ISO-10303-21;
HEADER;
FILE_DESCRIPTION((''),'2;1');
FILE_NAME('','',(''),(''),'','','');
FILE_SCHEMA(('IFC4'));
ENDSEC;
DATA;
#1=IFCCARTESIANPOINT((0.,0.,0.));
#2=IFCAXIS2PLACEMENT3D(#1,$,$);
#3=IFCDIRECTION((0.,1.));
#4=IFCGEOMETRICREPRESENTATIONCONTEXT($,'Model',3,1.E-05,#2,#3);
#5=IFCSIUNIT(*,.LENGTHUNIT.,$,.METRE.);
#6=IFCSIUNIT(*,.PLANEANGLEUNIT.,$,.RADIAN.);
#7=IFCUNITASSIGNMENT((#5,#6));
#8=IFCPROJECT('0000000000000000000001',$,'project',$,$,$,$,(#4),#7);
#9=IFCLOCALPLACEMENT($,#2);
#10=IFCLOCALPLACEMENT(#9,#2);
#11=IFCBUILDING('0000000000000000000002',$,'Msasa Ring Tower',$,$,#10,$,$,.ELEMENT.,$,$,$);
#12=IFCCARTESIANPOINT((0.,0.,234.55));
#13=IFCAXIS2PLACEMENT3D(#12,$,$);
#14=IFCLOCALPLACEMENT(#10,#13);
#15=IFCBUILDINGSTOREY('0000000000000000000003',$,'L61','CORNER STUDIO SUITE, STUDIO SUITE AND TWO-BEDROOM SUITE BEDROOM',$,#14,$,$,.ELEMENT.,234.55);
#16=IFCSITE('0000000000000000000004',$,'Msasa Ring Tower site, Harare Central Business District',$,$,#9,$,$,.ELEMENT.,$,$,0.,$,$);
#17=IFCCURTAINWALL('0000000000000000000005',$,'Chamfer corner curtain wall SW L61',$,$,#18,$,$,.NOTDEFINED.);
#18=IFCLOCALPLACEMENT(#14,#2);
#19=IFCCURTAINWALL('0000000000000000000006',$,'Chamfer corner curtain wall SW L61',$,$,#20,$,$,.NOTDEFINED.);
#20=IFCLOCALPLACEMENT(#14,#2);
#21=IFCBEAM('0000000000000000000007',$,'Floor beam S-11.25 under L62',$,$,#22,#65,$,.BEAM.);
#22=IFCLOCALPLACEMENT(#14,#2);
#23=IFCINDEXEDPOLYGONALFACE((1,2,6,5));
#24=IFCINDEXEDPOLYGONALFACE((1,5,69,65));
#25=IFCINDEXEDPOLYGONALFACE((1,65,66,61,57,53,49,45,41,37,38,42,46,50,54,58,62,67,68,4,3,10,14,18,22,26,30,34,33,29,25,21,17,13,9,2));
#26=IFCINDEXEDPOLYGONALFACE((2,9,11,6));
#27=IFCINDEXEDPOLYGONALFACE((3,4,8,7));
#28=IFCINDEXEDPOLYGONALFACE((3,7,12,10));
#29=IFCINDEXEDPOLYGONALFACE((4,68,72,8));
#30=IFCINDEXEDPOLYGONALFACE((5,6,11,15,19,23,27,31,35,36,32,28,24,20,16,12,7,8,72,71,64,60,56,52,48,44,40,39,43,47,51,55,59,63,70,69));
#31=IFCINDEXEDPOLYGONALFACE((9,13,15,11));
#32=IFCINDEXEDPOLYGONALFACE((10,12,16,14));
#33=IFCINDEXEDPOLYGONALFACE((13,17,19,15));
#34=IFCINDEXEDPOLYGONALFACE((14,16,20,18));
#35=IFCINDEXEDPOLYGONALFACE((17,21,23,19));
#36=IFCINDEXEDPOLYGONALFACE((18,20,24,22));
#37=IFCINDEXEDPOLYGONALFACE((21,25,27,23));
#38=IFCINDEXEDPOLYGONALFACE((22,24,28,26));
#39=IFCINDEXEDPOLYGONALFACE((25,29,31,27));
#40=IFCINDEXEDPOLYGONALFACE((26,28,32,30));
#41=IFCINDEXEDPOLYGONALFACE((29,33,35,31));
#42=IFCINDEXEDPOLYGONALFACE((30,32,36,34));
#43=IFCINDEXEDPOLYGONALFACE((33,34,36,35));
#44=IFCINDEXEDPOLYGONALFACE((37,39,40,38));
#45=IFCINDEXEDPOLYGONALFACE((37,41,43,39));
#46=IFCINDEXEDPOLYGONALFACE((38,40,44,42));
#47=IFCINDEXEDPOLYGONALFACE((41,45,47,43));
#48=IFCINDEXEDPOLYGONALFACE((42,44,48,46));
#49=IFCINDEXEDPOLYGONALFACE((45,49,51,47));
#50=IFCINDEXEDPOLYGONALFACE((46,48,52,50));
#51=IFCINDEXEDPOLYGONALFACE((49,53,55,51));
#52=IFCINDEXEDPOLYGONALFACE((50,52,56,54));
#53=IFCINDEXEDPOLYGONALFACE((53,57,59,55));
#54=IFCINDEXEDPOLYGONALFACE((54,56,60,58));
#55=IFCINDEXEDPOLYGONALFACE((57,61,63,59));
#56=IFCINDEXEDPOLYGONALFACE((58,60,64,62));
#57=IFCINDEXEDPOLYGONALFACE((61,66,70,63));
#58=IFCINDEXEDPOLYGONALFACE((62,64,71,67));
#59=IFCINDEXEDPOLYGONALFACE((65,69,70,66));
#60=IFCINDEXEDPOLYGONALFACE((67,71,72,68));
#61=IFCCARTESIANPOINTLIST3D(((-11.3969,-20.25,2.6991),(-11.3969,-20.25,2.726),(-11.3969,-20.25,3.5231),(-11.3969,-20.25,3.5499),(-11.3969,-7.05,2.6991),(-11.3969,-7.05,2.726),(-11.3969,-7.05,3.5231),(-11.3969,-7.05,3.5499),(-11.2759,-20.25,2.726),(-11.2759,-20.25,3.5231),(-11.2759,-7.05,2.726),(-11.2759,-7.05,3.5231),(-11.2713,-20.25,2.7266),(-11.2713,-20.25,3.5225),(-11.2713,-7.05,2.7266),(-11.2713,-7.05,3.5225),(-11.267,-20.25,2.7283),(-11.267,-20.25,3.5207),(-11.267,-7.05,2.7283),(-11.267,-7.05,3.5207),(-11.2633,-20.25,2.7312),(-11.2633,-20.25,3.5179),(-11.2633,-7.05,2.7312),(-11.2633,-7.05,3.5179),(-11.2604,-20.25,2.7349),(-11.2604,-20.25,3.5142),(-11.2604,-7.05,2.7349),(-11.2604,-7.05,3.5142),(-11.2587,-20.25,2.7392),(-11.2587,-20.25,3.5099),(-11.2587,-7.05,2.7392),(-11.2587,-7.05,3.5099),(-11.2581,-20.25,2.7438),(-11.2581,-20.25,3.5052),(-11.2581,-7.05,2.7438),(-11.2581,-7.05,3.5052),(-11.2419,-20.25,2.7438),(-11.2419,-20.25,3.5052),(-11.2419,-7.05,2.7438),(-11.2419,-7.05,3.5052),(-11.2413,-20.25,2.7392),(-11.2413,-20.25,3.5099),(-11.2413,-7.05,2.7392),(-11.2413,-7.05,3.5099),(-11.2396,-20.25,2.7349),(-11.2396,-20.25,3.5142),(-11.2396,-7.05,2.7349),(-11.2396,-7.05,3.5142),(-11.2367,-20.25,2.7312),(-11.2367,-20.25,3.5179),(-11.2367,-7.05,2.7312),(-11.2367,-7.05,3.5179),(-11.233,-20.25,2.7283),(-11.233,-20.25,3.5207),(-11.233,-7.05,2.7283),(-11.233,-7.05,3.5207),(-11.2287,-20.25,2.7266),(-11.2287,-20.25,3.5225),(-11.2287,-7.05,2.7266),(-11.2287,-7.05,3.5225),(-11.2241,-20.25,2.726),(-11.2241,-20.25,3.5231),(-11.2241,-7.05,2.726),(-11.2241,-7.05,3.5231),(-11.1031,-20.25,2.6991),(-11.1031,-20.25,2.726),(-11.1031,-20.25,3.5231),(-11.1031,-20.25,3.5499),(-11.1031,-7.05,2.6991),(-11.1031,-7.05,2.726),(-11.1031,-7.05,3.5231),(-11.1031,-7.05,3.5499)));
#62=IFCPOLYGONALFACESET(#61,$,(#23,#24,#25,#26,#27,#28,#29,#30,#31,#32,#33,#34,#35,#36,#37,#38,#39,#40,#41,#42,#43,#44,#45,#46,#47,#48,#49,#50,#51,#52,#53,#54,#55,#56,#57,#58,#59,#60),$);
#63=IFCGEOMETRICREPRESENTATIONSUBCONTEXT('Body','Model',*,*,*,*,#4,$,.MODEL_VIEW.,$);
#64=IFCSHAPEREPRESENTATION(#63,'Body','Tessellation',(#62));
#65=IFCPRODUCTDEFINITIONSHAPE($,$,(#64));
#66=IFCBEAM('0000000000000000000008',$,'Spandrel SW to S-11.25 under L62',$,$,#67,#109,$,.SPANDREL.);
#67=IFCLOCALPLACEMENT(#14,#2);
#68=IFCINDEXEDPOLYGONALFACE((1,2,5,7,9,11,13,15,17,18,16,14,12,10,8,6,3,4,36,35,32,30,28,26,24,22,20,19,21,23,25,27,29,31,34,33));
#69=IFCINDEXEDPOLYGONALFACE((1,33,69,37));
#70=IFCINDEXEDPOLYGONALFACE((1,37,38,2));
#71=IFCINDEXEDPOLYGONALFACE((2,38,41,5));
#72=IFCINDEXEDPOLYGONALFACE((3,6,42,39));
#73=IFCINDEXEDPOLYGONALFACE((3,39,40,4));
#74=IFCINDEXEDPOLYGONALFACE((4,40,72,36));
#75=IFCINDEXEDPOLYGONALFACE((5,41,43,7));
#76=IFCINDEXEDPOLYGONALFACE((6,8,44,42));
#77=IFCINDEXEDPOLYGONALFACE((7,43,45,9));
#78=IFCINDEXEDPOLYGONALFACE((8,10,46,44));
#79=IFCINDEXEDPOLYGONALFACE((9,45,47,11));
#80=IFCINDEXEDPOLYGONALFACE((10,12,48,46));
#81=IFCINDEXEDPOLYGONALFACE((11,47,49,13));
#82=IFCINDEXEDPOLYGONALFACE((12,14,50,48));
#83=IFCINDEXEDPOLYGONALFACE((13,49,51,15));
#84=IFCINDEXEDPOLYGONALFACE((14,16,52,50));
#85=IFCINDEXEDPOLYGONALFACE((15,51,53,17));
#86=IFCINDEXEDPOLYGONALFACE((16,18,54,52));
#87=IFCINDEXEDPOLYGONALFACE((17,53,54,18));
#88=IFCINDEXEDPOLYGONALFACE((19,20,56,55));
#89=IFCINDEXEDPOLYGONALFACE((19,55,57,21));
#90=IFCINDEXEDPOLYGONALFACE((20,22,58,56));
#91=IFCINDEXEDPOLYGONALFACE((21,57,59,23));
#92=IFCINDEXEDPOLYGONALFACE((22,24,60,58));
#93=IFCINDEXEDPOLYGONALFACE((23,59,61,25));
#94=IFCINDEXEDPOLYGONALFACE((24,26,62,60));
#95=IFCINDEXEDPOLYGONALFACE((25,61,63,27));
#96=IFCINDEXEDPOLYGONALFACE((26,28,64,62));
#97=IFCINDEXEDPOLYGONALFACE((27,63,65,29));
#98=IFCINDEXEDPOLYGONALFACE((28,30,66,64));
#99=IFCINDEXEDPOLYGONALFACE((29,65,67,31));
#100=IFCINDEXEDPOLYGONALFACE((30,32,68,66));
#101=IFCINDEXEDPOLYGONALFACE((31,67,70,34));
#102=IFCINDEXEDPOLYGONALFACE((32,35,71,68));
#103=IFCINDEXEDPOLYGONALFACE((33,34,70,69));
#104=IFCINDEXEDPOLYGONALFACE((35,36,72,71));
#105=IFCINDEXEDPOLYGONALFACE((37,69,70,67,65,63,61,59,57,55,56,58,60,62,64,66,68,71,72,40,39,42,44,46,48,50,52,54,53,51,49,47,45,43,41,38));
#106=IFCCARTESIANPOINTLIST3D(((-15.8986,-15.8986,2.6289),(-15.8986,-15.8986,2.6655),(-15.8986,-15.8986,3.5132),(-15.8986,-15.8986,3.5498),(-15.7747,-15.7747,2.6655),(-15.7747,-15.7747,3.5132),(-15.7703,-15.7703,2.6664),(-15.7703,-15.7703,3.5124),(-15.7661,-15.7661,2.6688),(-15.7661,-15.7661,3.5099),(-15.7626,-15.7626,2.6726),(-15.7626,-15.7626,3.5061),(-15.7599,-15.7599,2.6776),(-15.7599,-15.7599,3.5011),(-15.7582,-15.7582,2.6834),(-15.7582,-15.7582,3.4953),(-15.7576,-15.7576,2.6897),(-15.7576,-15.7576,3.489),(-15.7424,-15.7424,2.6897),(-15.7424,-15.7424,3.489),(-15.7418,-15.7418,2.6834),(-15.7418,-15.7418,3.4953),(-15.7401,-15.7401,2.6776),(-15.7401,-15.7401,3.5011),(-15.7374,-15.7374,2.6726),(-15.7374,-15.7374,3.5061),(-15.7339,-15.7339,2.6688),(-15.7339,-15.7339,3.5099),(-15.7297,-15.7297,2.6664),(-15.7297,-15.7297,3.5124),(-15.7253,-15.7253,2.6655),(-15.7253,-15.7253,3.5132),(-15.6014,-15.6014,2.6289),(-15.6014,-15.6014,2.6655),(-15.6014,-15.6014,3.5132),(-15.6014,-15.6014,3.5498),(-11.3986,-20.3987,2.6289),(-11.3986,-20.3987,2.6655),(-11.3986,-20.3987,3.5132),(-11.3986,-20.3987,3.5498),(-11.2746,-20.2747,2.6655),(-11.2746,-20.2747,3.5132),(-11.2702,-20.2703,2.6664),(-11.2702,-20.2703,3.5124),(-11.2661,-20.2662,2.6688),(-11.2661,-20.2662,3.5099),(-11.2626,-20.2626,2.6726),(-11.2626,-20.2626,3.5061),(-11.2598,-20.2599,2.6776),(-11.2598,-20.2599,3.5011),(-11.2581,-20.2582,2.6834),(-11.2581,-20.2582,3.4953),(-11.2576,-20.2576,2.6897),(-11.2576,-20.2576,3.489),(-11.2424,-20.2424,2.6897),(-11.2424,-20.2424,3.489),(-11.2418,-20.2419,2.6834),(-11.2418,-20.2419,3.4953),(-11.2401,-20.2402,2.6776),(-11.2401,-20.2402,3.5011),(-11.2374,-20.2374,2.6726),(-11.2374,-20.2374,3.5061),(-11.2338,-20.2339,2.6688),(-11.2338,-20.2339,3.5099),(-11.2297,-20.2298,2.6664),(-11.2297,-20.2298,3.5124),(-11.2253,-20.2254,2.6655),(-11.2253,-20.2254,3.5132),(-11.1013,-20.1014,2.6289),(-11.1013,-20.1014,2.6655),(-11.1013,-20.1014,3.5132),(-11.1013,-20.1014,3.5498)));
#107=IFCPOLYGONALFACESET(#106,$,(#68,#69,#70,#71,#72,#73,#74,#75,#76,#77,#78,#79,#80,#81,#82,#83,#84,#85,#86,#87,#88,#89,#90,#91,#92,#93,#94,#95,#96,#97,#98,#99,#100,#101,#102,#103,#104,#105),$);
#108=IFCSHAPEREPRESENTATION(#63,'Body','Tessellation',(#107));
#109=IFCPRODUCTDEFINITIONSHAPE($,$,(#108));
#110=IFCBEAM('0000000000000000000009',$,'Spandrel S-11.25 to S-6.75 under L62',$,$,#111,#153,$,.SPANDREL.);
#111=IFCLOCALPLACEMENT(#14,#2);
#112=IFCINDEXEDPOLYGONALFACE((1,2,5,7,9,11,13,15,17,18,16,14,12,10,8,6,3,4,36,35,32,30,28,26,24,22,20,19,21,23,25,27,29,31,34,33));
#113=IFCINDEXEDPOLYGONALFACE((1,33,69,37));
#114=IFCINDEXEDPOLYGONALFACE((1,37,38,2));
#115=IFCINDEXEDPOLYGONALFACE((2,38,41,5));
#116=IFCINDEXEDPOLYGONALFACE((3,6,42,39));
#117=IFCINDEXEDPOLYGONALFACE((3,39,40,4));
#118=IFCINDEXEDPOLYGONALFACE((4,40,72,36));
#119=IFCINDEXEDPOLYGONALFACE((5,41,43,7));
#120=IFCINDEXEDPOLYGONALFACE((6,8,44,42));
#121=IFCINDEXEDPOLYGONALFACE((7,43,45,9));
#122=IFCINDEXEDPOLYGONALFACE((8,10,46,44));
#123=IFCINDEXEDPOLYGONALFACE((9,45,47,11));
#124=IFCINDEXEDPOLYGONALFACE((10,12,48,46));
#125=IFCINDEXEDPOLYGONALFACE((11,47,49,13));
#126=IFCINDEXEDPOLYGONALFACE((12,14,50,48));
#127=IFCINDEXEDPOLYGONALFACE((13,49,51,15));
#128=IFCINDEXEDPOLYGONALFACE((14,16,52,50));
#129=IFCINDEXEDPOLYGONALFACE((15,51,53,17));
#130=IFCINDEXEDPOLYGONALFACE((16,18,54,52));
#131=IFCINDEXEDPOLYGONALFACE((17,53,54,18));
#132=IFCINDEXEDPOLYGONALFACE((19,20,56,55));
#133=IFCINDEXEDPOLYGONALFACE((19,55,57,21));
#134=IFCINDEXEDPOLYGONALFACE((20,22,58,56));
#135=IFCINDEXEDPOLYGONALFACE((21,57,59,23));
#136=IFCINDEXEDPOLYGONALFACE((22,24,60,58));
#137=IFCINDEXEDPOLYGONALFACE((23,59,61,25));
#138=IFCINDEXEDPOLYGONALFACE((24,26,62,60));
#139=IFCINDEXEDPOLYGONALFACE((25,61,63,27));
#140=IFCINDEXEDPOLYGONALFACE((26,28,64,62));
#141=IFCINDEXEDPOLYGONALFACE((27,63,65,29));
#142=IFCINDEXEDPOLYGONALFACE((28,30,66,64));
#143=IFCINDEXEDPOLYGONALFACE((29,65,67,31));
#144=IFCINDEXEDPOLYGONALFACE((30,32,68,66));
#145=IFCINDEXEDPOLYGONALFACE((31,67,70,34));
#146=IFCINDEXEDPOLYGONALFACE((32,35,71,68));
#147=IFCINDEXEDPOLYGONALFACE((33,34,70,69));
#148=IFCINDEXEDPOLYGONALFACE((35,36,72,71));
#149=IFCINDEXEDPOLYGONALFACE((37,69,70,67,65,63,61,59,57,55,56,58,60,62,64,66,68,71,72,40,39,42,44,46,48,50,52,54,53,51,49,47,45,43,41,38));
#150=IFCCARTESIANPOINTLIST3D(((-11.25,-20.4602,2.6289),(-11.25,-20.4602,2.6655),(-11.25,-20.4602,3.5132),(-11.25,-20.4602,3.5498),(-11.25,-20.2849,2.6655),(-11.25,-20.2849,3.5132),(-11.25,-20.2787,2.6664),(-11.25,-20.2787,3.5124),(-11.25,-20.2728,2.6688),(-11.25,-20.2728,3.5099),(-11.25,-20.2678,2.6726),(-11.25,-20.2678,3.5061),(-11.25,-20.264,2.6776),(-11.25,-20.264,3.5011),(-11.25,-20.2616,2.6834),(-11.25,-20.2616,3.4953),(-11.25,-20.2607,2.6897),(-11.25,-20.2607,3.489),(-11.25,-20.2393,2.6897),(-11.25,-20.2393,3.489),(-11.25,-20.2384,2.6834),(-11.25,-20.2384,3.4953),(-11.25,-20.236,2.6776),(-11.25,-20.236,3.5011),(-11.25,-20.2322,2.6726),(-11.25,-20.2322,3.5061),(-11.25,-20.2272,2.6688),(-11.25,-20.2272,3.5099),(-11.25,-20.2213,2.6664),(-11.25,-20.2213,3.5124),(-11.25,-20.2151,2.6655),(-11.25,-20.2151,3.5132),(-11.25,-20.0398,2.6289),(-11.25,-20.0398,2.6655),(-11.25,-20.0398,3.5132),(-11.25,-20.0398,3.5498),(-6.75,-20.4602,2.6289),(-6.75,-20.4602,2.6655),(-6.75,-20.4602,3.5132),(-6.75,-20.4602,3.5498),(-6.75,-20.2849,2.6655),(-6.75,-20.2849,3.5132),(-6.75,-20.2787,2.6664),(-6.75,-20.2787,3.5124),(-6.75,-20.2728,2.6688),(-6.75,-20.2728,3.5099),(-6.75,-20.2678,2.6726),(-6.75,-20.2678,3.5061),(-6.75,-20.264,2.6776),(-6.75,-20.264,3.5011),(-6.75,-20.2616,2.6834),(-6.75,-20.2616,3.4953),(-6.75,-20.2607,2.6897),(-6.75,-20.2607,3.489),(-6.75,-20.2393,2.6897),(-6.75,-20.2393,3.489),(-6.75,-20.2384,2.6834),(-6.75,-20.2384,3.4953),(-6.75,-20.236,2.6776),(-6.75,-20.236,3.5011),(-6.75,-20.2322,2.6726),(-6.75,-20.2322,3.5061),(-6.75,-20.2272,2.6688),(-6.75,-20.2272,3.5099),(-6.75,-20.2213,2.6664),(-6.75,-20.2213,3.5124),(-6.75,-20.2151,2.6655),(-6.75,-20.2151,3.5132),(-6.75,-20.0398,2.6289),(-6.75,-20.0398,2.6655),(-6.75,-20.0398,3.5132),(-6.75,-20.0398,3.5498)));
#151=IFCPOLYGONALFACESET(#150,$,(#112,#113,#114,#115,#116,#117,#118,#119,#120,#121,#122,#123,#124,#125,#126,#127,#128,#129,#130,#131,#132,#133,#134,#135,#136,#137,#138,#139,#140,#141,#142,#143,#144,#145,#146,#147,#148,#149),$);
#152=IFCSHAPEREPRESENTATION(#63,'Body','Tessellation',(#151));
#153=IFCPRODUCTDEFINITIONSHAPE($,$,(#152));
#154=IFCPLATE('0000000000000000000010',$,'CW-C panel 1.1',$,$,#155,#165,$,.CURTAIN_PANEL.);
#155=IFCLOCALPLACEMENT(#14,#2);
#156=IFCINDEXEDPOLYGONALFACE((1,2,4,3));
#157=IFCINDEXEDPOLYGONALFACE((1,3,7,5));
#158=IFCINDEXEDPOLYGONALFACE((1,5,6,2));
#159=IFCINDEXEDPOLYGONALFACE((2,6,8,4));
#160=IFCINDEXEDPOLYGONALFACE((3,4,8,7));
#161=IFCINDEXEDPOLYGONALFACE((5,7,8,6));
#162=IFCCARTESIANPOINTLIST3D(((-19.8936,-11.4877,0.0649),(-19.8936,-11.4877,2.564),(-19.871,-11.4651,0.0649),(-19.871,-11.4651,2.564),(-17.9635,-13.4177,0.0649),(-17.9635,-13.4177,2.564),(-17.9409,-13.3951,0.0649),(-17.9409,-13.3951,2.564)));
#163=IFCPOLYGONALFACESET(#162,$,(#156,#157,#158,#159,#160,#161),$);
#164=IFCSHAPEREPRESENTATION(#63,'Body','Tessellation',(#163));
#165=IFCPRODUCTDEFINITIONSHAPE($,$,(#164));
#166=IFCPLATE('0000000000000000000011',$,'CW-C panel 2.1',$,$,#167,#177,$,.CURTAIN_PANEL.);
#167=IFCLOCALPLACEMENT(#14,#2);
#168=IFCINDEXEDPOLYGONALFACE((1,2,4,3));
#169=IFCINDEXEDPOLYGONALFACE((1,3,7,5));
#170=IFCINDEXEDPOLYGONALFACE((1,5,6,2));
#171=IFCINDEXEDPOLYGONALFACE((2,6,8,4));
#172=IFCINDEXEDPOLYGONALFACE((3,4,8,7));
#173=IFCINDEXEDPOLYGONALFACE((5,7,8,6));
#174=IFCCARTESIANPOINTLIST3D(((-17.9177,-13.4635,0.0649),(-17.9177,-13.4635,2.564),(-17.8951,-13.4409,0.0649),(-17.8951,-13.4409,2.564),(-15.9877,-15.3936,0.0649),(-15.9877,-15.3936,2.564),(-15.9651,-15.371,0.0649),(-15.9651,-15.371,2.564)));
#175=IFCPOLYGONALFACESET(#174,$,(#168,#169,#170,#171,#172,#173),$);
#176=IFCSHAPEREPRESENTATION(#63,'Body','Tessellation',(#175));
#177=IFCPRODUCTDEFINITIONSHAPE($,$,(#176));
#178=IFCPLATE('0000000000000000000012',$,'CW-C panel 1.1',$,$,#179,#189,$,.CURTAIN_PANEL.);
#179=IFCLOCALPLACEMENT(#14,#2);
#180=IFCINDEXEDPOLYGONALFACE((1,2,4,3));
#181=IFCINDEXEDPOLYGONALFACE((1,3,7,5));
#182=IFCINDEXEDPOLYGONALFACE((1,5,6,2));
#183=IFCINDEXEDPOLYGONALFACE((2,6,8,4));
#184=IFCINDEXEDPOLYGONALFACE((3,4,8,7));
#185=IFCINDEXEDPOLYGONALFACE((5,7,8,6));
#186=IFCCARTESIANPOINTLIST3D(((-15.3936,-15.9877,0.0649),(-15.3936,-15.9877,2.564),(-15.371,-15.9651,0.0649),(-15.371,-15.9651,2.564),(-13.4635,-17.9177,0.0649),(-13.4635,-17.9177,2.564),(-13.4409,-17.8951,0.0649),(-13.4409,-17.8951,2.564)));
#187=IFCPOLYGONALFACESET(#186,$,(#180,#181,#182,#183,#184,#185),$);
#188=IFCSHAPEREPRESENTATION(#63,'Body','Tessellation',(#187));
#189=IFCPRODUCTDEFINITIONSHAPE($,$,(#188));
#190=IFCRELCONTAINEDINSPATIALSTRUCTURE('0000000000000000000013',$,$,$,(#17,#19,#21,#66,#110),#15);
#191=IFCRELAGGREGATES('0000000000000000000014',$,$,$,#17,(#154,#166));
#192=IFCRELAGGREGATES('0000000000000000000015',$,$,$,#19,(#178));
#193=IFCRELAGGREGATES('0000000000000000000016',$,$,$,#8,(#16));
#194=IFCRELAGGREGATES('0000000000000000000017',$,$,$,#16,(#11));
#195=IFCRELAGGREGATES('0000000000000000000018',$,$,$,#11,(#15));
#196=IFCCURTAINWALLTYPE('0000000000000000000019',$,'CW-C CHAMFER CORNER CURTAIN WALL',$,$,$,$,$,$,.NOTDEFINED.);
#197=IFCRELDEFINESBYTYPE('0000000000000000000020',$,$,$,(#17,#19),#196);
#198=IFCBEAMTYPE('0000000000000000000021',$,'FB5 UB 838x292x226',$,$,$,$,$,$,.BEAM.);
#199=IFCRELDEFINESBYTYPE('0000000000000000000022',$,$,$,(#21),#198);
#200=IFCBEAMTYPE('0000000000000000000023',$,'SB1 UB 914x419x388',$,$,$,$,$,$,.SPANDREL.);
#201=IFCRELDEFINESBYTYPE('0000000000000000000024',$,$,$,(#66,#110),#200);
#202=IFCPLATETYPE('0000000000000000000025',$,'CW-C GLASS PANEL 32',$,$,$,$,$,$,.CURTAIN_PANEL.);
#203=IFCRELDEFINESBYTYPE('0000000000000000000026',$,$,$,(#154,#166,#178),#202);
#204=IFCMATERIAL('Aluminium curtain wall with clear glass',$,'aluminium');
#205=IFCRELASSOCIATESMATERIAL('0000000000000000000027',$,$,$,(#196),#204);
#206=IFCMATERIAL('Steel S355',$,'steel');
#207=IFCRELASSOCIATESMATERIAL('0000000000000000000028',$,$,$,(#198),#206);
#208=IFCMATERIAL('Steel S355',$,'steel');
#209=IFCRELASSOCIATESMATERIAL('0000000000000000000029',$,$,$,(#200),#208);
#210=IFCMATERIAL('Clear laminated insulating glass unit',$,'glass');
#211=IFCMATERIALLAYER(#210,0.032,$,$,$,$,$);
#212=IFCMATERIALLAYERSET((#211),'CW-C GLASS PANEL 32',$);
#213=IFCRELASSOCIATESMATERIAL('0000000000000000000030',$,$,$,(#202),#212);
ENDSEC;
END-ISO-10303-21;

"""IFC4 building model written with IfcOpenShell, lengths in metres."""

from ifc_helpers import new_model, si_unit, direction, frame, origin, origin_2d, place, context, subcontext, project, spatial, rectangle, i_section, extrude, material, layer, layer_set, material_profile, profile_set, type_object, element, aggregate, save


model = new_model("IFC4")

# Units and contexts
model_context = context("Model", 3, precision=1e-05, world=origin(), true_north=direction((0.0, 1.0)))
body_context = subcontext(model_context, "Body", "Model", "MODEL_VIEW")
ifc_project = project(units=[si_unit("LENGTHUNIT", "METRE"), si_unit("PLANEANGLEUNIT", "RADIAN")], contexts=[model_context])

# Site, building, storey
site_placement = place(None, origin())
site = spatial("IfcSite", under=ifc_project, at=site_placement, Name="Msasa Ring Tower site, Harare Central Business District", CompositionType="ELEMENT", RefElevation=0.0)
building_placement = place(site_placement, origin())
building = spatial("IfcBuilding", under=site, at=building_placement, Name="Msasa Ring Tower", CompositionType="ELEMENT")
storey_placement = place(building_placement, frame((0.0, 0.0, 234.55)))
storey = spatial("IfcBuildingStorey", under=building, at=storey_placement, Name="L61", Description="CORNER STUDIO SUITE, STUDIO SUITE AND TWO-BEDROOM SUITE BEDROOM", CompositionType="ELEMENT", Elevation=234.55)

# Curtain walls
ifc_material_1 = material(Name="Aluminium curtain wall with clear glass", Category="aluminium")
curtain_wall_type = type_object("IfcCurtainWallType", Name="CW-C CHAMFER CORNER CURTAIN WALL", PredefinedType="NOTDEFINED", material=ifc_material_1)
curtain_wall_1_placement = place(storey_placement, origin())
curtain_wall_1 = element("IfcCurtainWall", 1, at=curtain_wall_1_placement, inside=storey, type_object=curtain_wall_type, Name="Chamfer corner curtain wall SW L61", PredefinedType="NOTDEFINED")
curtain_wall_2_placement = place(storey_placement, origin())
curtain_wall_2 = element("IfcCurtainWall", 2, at=curtain_wall_2_placement, inside=storey, type_object=curtain_wall_type, Name="Chamfer corner curtain wall SW L61", PredefinedType="NOTDEFINED")

# Beams
ifc_material_2 = material(Name="Steel S355", Category="steel")
ifc_material_profile_1 = material_profile(ifc_material_2, i_section(OverallWidth=0.2937, OverallDepth=0.8508, WebThickness=0.0161, FlangeThickness=0.0269, FilletRadius=0.0178, at=origin_2d()), Name="UB 838x292x226")
ifc_profile_set_1 = profile_set([ifc_material_profile_1], Name="Steel S355")
beam_type_1 = type_object("IfcBeamType", Name="FB5 UB 838x292x226", PredefinedType="BEAM", material=ifc_profile_set_1)
beam_1_placement = place(storey_placement, frame((-11.25, -20.25, 3.1245), z_axis=(0.0, 1.0, 0.0), x_axis=(-1.0, 0.0, 0.0)))
element("IfcBeam", 3, at=beam_1_placement, inside=storey, type_object=beam_type_1, Name="Floor beam S-11.25 under L62", PredefinedType="BEAM", context=body_context, shape_type="SweptSolid", body=[
    extrude(i_section(OverallWidth=0.2937, OverallDepth=0.8508, WebThickness=0.0161, FlangeThickness=0.0269, FilletRadius=0.0178, at=origin_2d()), origin(), (0.0, 0.0, 1.0), 13.2),
])
ifc_material_3 = material(Name="Steel S355", Category="steel")
ifc_material_profile_2 = material_profile(ifc_material_3, i_section(OverallWidth=0.4204, OverallDepth=0.9209, WebThickness=0.0215, FlangeThickness=0.0366, FilletRadius=0.0242, at=origin_2d()), Name="UB 914x419x388")
ifc_profile_set_2 = profile_set([ifc_material_profile_2], Name="Steel S355")
beam_type_2 = type_object("IfcBeamType", Name="SB1 UB 914x419x388", PredefinedType="SPANDREL", material=ifc_profile_set_2)
beam_2_placement = place(storey_placement, frame((-15.75, -15.75, 3.0894), z_axis=(0.707107, -0.707107, 0.0), x_axis=(0.707107, 0.707107, 0.0)))
element("IfcBeam", 4, at=beam_2_placement, inside=storey, type_object=beam_type_2, Name="Spandrel SW to S-11.25 under L62", PredefinedType="SPANDREL", context=body_context, shape_type="SweptSolid", body=[
    extrude(i_section(OverallWidth=0.4204, OverallDepth=0.9209, WebThickness=0.0215, FlangeThickness=0.0366, FilletRadius=0.0242, at=origin_2d()), origin(), (0.0, 0.0, 1.0), 6.364),
])
beam_3_placement = place(storey_placement, frame((-11.25, -20.25, 3.0894), z_axis=(1.0, 0.0, 0.0), x_axis=(0.0, 1.0, 0.0)))
element("IfcBeam", 5, at=beam_3_placement, inside=storey, type_object=beam_type_2, Name="Spandrel S-11.25 to S-6.75 under L62", PredefinedType="SPANDREL", context=body_context, shape_type="SweptSolid", body=[
    extrude(i_section(OverallWidth=0.4204, OverallDepth=0.9209, WebThickness=0.0215, FlangeThickness=0.0366, FilletRadius=0.0242, at=origin_2d()), origin(), (0.0, 0.0, 1.0), 4.5),
])

# Plates
ifc_material_4 = material(Name="Clear laminated insulating glass unit", Category="glass")
ifc_layer_1 = layer(ifc_material_4, 0.032)
ifc_layer_set_1 = layer_set([ifc_layer_1], Name="CW-C GLASS PANEL 32")
plate_type = type_object("IfcPlateType", Name="CW-C GLASS PANEL 32", PredefinedType="CURTAIN_PANEL", material=ifc_layer_set_1)
plate_1_placement = place(storey_placement, frame((-18.9172, -12.4414, 0.0649), z_axis=(0.0, 0.0, 1.0), x_axis=(0.707107, -0.707107, 0.0)))
plate_1 = element("IfcPlate", 6, at=plate_1_placement, type_object=plate_type, Name="CW-C panel 1.1", PredefinedType="CURTAIN_PANEL", context=body_context, shape_type="SweptSolid", body=[
    extrude(rectangle(XDim=2.7295, YDim=0.032, at=origin_2d()), origin(), (0.0, 0.0, 1.0), 2.499),
])
plate_2_placement = place(storey_placement, frame((-16.9414, -14.4172, 0.0649), z_axis=(0.0, 0.0, 1.0), x_axis=(0.707107, -0.707107, 0.0)))
plate_2 = element("IfcPlate", 7, at=plate_2_placement, type_object=plate_type, Name="CW-C panel 2.1", PredefinedType="CURTAIN_PANEL", context=body_context, shape_type="SweptSolid", body=[
    extrude(rectangle(XDim=2.7295, YDim=0.032, at=origin_2d()), origin(), (0.0, 0.0, 1.0), 2.499),
])
aggregate(curtain_wall_1, [plate_1, plate_2])
plate_3_placement = place(storey_placement, frame((-14.4172, -16.9414, 0.0649), z_axis=(0.0, 0.0, 1.0), x_axis=(0.707107, -0.707107, 0.0)))
plate_3 = element("IfcPlate", 8, at=plate_3_placement, type_object=plate_type, Name="CW-C panel 1.1", PredefinedType="CURTAIN_PANEL", context=body_context, shape_type="SweptSolid", body=[
    extrude(rectangle(XDim=2.7295, YDim=0.032, at=origin_2d()), origin(), (0.0, 0.0, 1.0), 2.499),
])
aggregate(curtain_wall_2, [plate_3])

save(model, "model.ifc")
